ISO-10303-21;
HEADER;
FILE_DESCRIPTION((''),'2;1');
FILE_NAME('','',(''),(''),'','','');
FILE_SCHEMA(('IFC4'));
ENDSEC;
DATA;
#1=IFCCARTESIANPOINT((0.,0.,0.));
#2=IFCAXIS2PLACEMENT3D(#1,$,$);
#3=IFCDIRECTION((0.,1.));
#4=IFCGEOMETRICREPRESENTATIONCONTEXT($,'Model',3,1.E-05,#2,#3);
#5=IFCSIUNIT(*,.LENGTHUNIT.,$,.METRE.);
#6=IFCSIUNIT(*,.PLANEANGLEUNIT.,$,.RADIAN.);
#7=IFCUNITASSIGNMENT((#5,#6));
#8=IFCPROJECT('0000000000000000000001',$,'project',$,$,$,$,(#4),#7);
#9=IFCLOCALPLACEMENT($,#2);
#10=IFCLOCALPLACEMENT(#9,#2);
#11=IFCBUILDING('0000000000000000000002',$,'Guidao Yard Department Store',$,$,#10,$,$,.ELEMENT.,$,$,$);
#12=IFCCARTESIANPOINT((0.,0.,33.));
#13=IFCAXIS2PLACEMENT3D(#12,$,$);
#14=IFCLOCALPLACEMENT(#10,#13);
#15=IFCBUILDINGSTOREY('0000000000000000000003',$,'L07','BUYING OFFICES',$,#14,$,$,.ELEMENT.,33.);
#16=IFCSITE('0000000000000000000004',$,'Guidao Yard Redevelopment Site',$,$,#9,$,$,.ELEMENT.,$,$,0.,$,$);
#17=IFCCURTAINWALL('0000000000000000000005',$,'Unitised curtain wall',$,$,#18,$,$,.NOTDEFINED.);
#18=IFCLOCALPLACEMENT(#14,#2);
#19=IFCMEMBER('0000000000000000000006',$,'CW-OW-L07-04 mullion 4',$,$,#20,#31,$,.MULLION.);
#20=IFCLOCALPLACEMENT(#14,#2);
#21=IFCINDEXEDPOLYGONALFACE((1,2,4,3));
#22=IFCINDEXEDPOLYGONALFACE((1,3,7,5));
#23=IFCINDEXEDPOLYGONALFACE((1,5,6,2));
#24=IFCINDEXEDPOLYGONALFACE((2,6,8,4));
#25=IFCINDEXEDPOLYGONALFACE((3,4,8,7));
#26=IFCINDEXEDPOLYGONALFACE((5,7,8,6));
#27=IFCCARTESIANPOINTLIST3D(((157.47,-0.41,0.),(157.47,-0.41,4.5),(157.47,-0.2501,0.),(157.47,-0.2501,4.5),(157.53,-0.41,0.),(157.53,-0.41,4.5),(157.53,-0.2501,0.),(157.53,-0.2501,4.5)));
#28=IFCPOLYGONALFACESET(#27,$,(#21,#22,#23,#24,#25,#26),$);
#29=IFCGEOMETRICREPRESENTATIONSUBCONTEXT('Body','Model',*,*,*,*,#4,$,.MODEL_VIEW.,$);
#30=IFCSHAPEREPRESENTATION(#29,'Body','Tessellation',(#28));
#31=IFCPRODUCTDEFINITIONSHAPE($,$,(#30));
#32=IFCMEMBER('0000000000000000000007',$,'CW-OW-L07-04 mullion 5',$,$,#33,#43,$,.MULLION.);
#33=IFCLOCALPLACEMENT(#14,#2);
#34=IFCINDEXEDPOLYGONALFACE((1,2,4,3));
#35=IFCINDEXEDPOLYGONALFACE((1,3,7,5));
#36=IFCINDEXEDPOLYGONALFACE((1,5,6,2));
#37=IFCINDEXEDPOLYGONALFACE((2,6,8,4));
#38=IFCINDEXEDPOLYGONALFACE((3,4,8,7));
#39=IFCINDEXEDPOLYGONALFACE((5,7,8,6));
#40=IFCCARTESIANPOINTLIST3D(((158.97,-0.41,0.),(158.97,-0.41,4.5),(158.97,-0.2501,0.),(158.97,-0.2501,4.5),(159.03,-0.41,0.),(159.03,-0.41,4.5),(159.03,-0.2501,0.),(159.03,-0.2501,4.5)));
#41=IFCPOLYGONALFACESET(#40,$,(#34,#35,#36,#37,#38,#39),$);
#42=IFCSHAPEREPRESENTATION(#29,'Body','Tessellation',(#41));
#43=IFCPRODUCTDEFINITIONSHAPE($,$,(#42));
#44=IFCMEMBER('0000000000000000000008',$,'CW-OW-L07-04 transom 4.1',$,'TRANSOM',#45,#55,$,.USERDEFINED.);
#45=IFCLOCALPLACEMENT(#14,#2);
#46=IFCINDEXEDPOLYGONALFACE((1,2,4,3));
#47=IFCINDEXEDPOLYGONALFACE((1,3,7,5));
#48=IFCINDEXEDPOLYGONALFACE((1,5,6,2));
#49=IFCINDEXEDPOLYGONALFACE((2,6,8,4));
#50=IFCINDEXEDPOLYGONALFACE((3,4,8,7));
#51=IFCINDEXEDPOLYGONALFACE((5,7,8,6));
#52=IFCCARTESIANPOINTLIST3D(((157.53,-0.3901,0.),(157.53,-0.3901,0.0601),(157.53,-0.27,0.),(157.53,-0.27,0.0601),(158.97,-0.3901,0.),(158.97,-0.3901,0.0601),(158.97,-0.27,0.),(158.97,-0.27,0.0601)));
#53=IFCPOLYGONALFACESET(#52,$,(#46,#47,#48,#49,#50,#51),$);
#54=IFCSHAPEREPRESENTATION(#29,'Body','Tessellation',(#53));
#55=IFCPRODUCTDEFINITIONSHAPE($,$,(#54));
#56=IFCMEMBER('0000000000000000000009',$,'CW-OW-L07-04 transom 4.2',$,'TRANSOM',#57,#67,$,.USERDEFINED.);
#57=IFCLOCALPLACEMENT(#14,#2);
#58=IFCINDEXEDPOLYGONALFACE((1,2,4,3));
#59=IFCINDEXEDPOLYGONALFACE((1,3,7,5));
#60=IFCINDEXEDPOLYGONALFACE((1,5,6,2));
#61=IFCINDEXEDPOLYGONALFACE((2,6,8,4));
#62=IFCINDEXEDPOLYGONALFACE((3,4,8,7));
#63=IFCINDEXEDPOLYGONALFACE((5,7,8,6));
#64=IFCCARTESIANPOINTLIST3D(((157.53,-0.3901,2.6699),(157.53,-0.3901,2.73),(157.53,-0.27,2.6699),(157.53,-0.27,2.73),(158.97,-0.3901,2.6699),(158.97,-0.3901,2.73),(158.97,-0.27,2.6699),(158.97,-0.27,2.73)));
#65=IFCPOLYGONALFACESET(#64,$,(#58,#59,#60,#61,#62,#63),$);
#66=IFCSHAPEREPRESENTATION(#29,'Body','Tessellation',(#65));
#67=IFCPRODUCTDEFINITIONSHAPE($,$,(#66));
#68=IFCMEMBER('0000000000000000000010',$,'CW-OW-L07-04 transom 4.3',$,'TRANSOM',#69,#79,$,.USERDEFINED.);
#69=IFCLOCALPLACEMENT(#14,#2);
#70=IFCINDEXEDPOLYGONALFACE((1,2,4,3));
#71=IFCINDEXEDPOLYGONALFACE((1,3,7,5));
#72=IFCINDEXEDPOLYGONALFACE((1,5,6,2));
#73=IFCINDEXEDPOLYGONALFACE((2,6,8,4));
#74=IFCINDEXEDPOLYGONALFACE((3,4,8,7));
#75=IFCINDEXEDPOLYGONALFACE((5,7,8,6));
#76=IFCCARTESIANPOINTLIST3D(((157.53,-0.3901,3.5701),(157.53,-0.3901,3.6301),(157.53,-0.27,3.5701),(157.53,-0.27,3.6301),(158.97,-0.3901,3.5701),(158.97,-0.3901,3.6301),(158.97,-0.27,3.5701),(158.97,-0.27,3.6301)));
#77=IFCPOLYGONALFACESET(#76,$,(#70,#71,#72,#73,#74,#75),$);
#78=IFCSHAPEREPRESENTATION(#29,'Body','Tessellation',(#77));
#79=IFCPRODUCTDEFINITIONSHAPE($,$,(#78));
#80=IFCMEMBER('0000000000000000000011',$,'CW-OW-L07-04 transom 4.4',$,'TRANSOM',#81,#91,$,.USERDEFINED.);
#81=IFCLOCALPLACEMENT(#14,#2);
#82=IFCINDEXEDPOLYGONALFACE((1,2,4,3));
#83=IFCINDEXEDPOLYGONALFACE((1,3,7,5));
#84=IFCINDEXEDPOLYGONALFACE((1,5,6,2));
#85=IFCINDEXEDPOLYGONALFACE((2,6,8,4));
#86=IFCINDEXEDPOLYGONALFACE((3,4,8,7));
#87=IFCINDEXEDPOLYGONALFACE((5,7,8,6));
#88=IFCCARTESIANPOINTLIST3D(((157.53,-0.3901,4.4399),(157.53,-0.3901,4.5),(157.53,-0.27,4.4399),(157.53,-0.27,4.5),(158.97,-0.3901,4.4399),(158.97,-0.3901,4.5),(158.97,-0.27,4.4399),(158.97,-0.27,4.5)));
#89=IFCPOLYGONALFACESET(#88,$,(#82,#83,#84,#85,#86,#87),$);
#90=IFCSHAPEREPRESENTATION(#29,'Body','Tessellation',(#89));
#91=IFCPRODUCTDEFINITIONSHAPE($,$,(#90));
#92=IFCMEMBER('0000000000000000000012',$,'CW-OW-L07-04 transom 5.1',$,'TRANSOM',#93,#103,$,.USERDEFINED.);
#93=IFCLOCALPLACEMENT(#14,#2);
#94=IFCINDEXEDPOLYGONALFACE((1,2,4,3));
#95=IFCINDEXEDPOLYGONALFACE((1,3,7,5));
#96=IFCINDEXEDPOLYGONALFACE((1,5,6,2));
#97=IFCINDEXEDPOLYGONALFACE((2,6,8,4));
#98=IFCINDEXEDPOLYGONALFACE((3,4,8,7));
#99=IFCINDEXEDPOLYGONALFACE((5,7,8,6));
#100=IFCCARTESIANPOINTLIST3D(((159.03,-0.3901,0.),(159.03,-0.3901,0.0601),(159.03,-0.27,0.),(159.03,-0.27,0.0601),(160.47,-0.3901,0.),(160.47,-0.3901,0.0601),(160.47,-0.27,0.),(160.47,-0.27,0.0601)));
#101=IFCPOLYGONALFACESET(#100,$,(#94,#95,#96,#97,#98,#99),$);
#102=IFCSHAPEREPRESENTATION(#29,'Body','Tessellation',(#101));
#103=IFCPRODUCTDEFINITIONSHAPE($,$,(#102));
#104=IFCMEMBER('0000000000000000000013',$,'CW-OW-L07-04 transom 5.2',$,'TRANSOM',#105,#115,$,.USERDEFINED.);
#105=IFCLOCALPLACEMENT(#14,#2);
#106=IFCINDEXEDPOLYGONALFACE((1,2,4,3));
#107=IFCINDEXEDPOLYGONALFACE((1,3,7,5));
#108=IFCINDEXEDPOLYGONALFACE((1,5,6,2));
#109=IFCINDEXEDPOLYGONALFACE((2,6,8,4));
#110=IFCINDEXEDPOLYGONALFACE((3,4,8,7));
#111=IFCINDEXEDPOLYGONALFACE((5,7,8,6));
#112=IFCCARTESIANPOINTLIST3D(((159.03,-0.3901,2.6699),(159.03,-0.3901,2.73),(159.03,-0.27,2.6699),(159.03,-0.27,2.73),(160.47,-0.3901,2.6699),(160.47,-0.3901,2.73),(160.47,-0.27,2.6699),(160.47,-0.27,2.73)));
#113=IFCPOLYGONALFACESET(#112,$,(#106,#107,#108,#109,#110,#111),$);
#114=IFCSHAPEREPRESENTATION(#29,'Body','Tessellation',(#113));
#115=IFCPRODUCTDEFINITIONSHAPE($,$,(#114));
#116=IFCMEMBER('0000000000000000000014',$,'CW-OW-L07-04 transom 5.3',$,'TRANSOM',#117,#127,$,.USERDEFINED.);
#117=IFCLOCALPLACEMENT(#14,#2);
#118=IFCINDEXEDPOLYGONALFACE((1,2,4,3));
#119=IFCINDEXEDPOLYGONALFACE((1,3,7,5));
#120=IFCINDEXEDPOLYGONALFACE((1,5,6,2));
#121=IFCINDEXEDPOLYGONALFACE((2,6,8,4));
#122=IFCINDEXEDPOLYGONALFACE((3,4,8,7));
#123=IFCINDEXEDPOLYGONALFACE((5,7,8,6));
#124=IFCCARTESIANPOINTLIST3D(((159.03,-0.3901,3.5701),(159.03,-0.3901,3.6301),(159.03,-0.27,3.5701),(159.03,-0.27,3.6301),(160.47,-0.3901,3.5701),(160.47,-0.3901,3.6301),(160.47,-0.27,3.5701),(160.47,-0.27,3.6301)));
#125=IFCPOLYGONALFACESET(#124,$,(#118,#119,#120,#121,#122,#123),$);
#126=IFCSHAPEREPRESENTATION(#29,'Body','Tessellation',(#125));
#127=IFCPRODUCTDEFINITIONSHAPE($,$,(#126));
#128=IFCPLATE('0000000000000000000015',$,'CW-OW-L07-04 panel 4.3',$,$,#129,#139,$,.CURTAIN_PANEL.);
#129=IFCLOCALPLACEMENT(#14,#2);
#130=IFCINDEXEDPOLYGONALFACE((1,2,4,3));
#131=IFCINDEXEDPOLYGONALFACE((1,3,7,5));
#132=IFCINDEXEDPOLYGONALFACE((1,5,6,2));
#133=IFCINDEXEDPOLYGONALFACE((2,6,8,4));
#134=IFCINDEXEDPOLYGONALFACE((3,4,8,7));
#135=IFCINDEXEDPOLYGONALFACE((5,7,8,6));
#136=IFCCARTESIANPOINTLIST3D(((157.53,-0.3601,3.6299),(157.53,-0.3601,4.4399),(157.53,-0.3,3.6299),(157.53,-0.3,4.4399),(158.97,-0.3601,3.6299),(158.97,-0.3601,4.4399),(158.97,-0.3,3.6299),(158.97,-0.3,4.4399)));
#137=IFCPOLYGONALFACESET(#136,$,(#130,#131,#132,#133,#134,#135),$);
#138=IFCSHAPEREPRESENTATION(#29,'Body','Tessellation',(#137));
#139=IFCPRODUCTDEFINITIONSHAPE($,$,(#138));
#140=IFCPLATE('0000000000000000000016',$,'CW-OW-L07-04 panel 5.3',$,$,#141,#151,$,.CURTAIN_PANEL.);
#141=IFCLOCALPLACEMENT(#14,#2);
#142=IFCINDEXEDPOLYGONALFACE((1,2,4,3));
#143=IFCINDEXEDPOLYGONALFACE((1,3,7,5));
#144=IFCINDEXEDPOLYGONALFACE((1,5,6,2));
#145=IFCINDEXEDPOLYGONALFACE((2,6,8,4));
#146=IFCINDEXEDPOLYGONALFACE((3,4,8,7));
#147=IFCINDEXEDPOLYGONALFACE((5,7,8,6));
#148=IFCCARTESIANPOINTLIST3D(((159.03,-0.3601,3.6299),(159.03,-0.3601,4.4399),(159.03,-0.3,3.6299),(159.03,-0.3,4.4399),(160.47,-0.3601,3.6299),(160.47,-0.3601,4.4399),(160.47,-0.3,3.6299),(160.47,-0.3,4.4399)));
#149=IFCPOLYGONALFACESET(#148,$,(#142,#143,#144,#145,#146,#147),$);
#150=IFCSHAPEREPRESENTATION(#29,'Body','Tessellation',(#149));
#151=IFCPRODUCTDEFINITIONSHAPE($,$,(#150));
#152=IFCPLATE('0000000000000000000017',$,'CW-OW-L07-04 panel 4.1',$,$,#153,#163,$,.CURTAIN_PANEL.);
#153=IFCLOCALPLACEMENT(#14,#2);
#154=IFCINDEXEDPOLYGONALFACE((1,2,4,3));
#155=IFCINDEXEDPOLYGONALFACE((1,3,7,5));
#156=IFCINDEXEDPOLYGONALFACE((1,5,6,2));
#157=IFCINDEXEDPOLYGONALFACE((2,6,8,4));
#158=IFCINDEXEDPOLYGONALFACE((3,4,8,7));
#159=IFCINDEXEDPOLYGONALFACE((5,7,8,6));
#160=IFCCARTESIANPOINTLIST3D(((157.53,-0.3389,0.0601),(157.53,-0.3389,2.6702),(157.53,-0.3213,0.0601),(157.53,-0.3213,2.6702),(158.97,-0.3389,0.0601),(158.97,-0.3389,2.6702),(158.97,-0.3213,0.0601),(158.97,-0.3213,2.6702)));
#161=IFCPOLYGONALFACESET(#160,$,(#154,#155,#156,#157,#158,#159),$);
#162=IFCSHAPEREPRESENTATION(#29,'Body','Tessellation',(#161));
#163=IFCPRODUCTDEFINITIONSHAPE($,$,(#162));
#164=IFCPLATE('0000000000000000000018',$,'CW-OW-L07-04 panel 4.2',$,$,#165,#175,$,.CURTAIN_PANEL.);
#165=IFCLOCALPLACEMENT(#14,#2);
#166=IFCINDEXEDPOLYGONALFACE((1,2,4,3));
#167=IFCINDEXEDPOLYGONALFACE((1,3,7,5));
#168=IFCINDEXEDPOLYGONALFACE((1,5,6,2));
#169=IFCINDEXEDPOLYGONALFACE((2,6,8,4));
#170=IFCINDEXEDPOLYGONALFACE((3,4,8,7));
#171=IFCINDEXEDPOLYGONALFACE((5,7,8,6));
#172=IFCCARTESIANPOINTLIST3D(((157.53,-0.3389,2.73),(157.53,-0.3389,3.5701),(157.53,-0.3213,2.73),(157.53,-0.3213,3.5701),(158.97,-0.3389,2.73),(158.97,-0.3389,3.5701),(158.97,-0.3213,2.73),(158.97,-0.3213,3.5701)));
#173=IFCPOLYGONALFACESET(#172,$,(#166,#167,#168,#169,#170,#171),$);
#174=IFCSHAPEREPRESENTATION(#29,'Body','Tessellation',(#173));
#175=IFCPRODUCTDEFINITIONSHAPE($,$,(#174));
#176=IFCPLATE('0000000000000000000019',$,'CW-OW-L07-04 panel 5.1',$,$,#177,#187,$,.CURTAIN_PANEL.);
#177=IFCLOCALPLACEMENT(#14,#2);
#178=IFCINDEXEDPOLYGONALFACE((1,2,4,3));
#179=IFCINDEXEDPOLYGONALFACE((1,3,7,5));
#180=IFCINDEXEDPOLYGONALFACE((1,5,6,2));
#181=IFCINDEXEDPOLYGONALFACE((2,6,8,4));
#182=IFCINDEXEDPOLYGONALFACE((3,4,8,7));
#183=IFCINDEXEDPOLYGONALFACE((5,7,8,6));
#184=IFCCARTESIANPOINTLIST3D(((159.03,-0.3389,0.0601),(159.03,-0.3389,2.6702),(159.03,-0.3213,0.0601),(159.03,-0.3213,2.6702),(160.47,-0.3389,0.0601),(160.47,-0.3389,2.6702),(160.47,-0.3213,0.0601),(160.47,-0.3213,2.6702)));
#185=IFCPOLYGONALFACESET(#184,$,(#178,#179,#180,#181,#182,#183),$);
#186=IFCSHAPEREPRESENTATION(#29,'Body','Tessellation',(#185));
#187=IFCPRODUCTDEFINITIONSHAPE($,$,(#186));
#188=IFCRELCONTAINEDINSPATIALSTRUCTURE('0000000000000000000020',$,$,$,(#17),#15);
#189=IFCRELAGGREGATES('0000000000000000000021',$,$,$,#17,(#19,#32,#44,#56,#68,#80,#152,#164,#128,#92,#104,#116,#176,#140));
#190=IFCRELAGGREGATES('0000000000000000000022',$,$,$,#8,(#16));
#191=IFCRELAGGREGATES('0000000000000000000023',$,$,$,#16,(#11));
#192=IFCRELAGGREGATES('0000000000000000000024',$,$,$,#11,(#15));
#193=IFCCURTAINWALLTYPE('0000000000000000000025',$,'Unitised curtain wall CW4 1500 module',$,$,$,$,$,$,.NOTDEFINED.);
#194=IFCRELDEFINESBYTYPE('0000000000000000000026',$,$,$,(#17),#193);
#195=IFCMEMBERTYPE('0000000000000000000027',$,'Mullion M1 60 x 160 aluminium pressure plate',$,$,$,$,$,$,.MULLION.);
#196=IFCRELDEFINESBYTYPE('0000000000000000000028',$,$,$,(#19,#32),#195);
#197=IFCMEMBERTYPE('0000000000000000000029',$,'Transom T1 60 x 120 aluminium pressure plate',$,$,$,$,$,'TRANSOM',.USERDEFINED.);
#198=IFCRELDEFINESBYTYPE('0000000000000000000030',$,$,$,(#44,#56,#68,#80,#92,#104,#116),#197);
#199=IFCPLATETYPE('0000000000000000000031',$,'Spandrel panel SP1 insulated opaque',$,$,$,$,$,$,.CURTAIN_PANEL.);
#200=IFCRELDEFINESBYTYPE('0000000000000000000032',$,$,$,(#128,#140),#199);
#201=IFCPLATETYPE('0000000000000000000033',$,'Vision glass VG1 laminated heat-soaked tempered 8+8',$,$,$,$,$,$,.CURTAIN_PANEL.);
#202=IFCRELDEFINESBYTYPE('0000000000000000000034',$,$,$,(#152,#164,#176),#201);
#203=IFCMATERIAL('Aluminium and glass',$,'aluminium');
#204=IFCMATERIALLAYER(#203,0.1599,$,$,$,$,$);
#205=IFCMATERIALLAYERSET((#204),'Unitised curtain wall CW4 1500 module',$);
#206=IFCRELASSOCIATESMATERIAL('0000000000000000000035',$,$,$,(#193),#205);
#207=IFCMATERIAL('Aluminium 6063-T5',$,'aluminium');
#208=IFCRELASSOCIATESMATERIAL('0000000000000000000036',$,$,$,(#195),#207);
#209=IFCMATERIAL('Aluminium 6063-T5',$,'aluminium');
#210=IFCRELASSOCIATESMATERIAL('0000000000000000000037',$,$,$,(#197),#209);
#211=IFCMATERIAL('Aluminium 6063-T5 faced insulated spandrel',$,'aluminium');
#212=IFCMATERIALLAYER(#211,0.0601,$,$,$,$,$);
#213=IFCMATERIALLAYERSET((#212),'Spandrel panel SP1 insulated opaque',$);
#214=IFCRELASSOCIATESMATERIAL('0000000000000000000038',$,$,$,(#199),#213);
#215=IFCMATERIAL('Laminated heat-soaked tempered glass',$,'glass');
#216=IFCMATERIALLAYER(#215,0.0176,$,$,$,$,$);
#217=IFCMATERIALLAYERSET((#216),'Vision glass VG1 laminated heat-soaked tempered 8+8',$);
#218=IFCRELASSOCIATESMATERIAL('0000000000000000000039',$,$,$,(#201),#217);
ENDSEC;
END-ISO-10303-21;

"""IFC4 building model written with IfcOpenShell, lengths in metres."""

from ifc_helpers import new_model, si_unit, direction, frame, origin, origin_2d, place, context, subcontext, project, spatial, rectangle, extrude, material, layer, layer_set, material_profile, profile_set, type_object, element, aggregate, save


model = new_model("IFC4")

# Units and contexts
model_context = context("Model", 3, precision=1e-05, world=origin(), true_north=direction((0.0, 1.0)))
body_context = subcontext(model_context, "Body", "Model", "MODEL_VIEW")
ifc_project = project(units=[si_unit("LENGTHUNIT", "METRE"), si_unit("PLANEANGLEUNIT", "RADIAN")], contexts=[model_context])

# Site, building, storey
site_placement = place(None, origin())
site = spatial("IfcSite", under=ifc_project, at=site_placement, Name="Guidao Yard Redevelopment Site", CompositionType="ELEMENT", RefElevation=0.0)
building_placement = place(site_placement, origin())
building = spatial("IfcBuilding", under=site, at=building_placement, Name="Guidao Yard Department Store", CompositionType="ELEMENT")
storey_placement = place(building_placement, frame((0.0, 0.0, 33.0)))
storey = spatial("IfcBuildingStorey", under=building, at=storey_placement, Name="L07", Description="BUYING OFFICES", CompositionType="ELEMENT", Elevation=33.0)

# Curtain wall, members, plates
ifc_material_1 = material(Name="Aluminium and glass", Category="aluminium")
ifc_layer_1 = layer(ifc_material_1, 0.1599)
ifc_layer_set_1 = layer_set([ifc_layer_1], Name="Unitised curtain wall CW4 1500 module")
curtain_wall_type = type_object("IfcCurtainWallType", Name="Unitised curtain wall CW4 1500 module", PredefinedType="NOTDEFINED", material=ifc_layer_set_1)
curtain_wall_placement = place(storey_placement, origin())
curtain_wall = element("IfcCurtainWall", 1, at=curtain_wall_placement, inside=storey, type_object=curtain_wall_type, Name="Unitised curtain wall", PredefinedType="NOTDEFINED")
ifc_material_2 = material(Name="Aluminium 6063-T5", Category="aluminium")
ifc_material_profile_1 = material_profile(ifc_material_2, rectangle(XDim=0.0601, YDim=0.1599, at=origin_2d()), Name="Mullion M1 60 x 160 aluminium pressure plate")
ifc_profile_set_1 = profile_set([ifc_material_profile_1], Name="Aluminium 6063-T5")
member_type_1 = type_object("IfcMemberType", Name="Mullion M1 60 x 160 aluminium pressure plate", PredefinedType="MULLION", material=ifc_profile_set_1)
member_1_placement = place(storey_placement, frame((157.5, -0.3301, 0.0), z_axis=(0.0, 0.0, 1.0), x_axis=(-1.0, 0.0, 0.0)))
member_1 = element("IfcMember", 2, at=member_1_placement, type_object=member_type_1, Name="CW-OW-L07-04 mullion 4", PredefinedType="MULLION", context=body_context, shape_type="SweptSolid", body=[
    extrude(rectangle(XDim=0.0601, YDim=0.1599, at=origin_2d()), origin(), (0.0, 0.0, 1.0), 4.5),
])
member_2_placement = place(storey_placement, frame((159.0, -0.3301, 0.0), z_axis=(0.0, 0.0, 1.0), x_axis=(-1.0, 0.0, 0.0)))
member_2 = element("IfcMember", 3, at=member_2_placement, type_object=member_type_1, Name="CW-OW-L07-04 mullion 5", PredefinedType="MULLION", context=body_context, shape_type="SweptSolid", body=[
    extrude(rectangle(XDim=0.0601, YDim=0.1599, at=origin_2d()), origin(), (0.0, 0.0, 1.0), 4.5),
])
ifc_material_3 = material(Name="Aluminium 6063-T5", Category="aluminium")
ifc_material_profile_2 = material_profile(ifc_material_3, rectangle(XDim=0.1201, YDim=0.0601, at=origin_2d()), Name="Transom T1 60 x 120 aluminium pressure plate")
ifc_profile_set_2 = profile_set([ifc_material_profile_2], Name="Aluminium 6063-T5")
member_type_2 = type_object("IfcMemberType", Name="Transom T1 60 x 120 aluminium pressure plate", ElementType="TRANSOM", PredefinedType="USERDEFINED", material=ifc_profile_set_2)
member_3_placement = place(storey_placement, frame((158.97, -0.3301, 0.03), z_axis=(-1.0, 0.0, 0.0), x_axis=(0.0, -1.0, 0.0)))
member_3 = element("IfcMember", 4, at=member_3_placement, type_object=member_type_2, Name="CW-OW-L07-04 transom 4.1", ObjectType="TRANSOM", PredefinedType="USERDEFINED", context=body_context, shape_type="SweptSolid", body=[
    extrude(rectangle(XDim=0.1201, YDim=0.0601, at=origin_2d()), origin(), (0.0, 0.0, 1.0), 1.4399),
])
member_4_placement = place(storey_placement, frame((158.97, -0.3301, 2.7), z_axis=(-1.0, 0.0, 0.0), x_axis=(0.0, -1.0, 0.0)))
member_4 = element("IfcMember", 5, at=member_4_placement, type_object=member_type_2, Name="CW-OW-L07-04 transom 4.2", ObjectType="TRANSOM", PredefinedType="USERDEFINED", context=body_context, shape_type="SweptSolid", body=[
    extrude(rectangle(XDim=0.1201, YDim=0.0601, at=origin_2d()), origin(), (0.0, 0.0, 1.0), 1.4399),
])
member_5_placement = place(storey_placement, frame((158.97, -0.3301, 3.6001), z_axis=(-1.0, 0.0, 0.0), x_axis=(0.0, -1.0, 0.0)))
member_5 = element("IfcMember", 6, at=member_5_placement, type_object=member_type_2, Name="CW-OW-L07-04 transom 4.3", ObjectType="TRANSOM", PredefinedType="USERDEFINED", context=body_context, shape_type="SweptSolid", body=[
    extrude(rectangle(XDim=0.1201, YDim=0.0601, at=origin_2d()), origin(), (0.0, 0.0, 1.0), 1.4399),
])
member_6_placement = place(storey_placement, frame((158.97, -0.3301, 4.47), z_axis=(-1.0, 0.0, 0.0), x_axis=(0.0, -1.0, 0.0)))
member_6 = element("IfcMember", 7, at=member_6_placement, type_object=member_type_2, Name="CW-OW-L07-04 transom 4.4", ObjectType="TRANSOM", PredefinedType="USERDEFINED", context=body_context, shape_type="SweptSolid", body=[
    extrude(rectangle(XDim=0.1201, YDim=0.0601, at=origin_2d()), origin(), (0.0, 0.0, 1.0), 1.4399),
])
member_7_placement = place(storey_placement, frame((160.47, -0.3301, 0.03), z_axis=(-1.0, 0.0, 0.0), x_axis=(0.0, -1.0, 0.0)))
member_7 = element("IfcMember", 8, at=member_7_placement, type_object=member_type_2, Name="CW-OW-L07-04 transom 5.1", ObjectType="TRANSOM", PredefinedType="USERDEFINED", context=body_context, shape_type="SweptSolid", body=[
    extrude(rectangle(XDim=0.1201, YDim=0.0601, at=origin_2d()), origin(), (0.0, 0.0, 1.0), 1.4399),
])
member_8_placement = place(storey_placement, frame((160.47, -0.3301, 2.7), z_axis=(-1.0, 0.0, 0.0), x_axis=(0.0, -1.0, 0.0)))
member_8 = element("IfcMember", 9, at=member_8_placement, type_object=member_type_2, Name="CW-OW-L07-04 transom 5.2", ObjectType="TRANSOM", PredefinedType="USERDEFINED", context=body_context, shape_type="SweptSolid", body=[
    extrude(rectangle(XDim=0.1201, YDim=0.0601, at=origin_2d()), origin(), (0.0, 0.0, 1.0), 1.4399),
])
member_9_placement = place(storey_placement, frame((160.47, -0.3301, 3.6001), z_axis=(-1.0, 0.0, 0.0), x_axis=(0.0, -1.0, 0.0)))
member_9 = element("IfcMember", 10, at=member_9_placement, type_object=member_type_2, Name="CW-OW-L07-04 transom 5.3", ObjectType="TRANSOM", PredefinedType="USERDEFINED", context=body_context, shape_type="SweptSolid", body=[
    extrude(rectangle(XDim=0.1201, YDim=0.0601, at=origin_2d()), origin(), (0.0, 0.0, 1.0), 1.4399),
])
ifc_material_4 = material(Name="Aluminium 6063-T5 faced insulated spandrel", Category="aluminium")
ifc_layer_2 = layer(ifc_material_4, 0.0601)
ifc_layer_set_2 = layer_set([ifc_layer_2], Name="Spandrel panel SP1 insulated opaque")
plate_type_1 = type_object("IfcPlateType", Name="Spandrel panel SP1 insulated opaque", PredefinedType="CURTAIN_PANEL", material=ifc_layer_set_2)
plate_1_placement = place(storey_placement, frame((158.25, -0.3301, 3.6299), z_axis=(0.0, 0.0, 1.0), x_axis=(-1.0, 0.0, 0.0)))
plate_1 = element("IfcPlate", 11, at=plate_1_placement, type_object=plate_type_1, Name="CW-OW-L07-04 panel 4.3", PredefinedType="CURTAIN_PANEL", context=body_context, shape_type="SweptSolid", body=[
    extrude(rectangle(XDim=1.4399, YDim=0.0601, at=origin_2d()), origin(), (0.0, 0.0, 1.0), 0.8101),
])
plate_2_placement = place(storey_placement, frame((159.75, -0.3301, 3.6299), z_axis=(0.0, 0.0, 1.0), x_axis=(-1.0, 0.0, 0.0)))
plate_2 = element("IfcPlate", 12, at=plate_2_placement, type_object=plate_type_1, Name="CW-OW-L07-04 panel 5.3", PredefinedType="CURTAIN_PANEL", context=body_context, shape_type="SweptSolid", body=[
    extrude(rectangle(XDim=1.4399, YDim=0.0601, at=origin_2d()), origin(), (0.0, 0.0, 1.0), 0.8101),
])
ifc_material_5 = material(Name="Laminated heat-soaked tempered glass", Category="glass")
ifc_layer_3 = layer(ifc_material_5, 0.0176)
ifc_layer_set_3 = layer_set([ifc_layer_3], Name="Vision glass VG1 laminated heat-soaked tempered 8+8")
plate_type_2 = type_object("IfcPlateType", Name="Vision glass VG1 laminated heat-soaked tempered 8+8", PredefinedType="CURTAIN_PANEL", material=ifc_layer_set_3)
plate_3_placement = place(storey_placement, frame((158.25, -0.3301, 0.0601), z_axis=(0.0, 0.0, 1.0), x_axis=(-1.0, 0.0, 0.0)))
plate_3 = element("IfcPlate", 13, at=plate_3_placement, type_object=plate_type_2, Name="CW-OW-L07-04 panel 4.1", PredefinedType="CURTAIN_PANEL", context=body_context, shape_type="SweptSolid", body=[
    extrude(rectangle(XDim=1.4399, YDim=0.0176, at=origin_2d()), origin(), (0.0, 0.0, 1.0), 2.6101),
])
plate_4_placement = place(storey_placement, frame((158.25, -0.3301, 2.73), z_axis=(0.0, 0.0, 1.0), x_axis=(-1.0, 0.0, 0.0)))
plate_4 = element("IfcPlate", 14, at=plate_4_placement, type_object=plate_type_2, Name="CW-OW-L07-04 panel 4.2", PredefinedType="CURTAIN_PANEL", context=body_context, shape_type="SweptSolid", body=[
    extrude(rectangle(XDim=1.4399, YDim=0.0176, at=origin_2d()), origin(), (0.0, 0.0, 1.0), 0.8401),
])
plate_5_placement = place(storey_placement, frame((159.75, -0.3301, 0.0601), z_axis=(0.0, 0.0, 1.0), x_axis=(-1.0, 0.0, 0.0)))
plate_5 = element("IfcPlate", 15, at=plate_5_placement, type_object=plate_type_2, Name="CW-OW-L07-04 panel 5.1", PredefinedType="CURTAIN_PANEL", context=body_context, shape_type="SweptSolid", body=[
    extrude(rectangle(XDim=1.4399, YDim=0.0176, at=origin_2d()), origin(), (0.0, 0.0, 1.0), 2.6101),
])
aggregate(curtain_wall, [member_1, member_2, member_3, member_4, member_5, member_6, plate_3, plate_4, plate_1, member_7, member_8, member_9, plate_5, plate_2])

save(model, "model.ifc")
